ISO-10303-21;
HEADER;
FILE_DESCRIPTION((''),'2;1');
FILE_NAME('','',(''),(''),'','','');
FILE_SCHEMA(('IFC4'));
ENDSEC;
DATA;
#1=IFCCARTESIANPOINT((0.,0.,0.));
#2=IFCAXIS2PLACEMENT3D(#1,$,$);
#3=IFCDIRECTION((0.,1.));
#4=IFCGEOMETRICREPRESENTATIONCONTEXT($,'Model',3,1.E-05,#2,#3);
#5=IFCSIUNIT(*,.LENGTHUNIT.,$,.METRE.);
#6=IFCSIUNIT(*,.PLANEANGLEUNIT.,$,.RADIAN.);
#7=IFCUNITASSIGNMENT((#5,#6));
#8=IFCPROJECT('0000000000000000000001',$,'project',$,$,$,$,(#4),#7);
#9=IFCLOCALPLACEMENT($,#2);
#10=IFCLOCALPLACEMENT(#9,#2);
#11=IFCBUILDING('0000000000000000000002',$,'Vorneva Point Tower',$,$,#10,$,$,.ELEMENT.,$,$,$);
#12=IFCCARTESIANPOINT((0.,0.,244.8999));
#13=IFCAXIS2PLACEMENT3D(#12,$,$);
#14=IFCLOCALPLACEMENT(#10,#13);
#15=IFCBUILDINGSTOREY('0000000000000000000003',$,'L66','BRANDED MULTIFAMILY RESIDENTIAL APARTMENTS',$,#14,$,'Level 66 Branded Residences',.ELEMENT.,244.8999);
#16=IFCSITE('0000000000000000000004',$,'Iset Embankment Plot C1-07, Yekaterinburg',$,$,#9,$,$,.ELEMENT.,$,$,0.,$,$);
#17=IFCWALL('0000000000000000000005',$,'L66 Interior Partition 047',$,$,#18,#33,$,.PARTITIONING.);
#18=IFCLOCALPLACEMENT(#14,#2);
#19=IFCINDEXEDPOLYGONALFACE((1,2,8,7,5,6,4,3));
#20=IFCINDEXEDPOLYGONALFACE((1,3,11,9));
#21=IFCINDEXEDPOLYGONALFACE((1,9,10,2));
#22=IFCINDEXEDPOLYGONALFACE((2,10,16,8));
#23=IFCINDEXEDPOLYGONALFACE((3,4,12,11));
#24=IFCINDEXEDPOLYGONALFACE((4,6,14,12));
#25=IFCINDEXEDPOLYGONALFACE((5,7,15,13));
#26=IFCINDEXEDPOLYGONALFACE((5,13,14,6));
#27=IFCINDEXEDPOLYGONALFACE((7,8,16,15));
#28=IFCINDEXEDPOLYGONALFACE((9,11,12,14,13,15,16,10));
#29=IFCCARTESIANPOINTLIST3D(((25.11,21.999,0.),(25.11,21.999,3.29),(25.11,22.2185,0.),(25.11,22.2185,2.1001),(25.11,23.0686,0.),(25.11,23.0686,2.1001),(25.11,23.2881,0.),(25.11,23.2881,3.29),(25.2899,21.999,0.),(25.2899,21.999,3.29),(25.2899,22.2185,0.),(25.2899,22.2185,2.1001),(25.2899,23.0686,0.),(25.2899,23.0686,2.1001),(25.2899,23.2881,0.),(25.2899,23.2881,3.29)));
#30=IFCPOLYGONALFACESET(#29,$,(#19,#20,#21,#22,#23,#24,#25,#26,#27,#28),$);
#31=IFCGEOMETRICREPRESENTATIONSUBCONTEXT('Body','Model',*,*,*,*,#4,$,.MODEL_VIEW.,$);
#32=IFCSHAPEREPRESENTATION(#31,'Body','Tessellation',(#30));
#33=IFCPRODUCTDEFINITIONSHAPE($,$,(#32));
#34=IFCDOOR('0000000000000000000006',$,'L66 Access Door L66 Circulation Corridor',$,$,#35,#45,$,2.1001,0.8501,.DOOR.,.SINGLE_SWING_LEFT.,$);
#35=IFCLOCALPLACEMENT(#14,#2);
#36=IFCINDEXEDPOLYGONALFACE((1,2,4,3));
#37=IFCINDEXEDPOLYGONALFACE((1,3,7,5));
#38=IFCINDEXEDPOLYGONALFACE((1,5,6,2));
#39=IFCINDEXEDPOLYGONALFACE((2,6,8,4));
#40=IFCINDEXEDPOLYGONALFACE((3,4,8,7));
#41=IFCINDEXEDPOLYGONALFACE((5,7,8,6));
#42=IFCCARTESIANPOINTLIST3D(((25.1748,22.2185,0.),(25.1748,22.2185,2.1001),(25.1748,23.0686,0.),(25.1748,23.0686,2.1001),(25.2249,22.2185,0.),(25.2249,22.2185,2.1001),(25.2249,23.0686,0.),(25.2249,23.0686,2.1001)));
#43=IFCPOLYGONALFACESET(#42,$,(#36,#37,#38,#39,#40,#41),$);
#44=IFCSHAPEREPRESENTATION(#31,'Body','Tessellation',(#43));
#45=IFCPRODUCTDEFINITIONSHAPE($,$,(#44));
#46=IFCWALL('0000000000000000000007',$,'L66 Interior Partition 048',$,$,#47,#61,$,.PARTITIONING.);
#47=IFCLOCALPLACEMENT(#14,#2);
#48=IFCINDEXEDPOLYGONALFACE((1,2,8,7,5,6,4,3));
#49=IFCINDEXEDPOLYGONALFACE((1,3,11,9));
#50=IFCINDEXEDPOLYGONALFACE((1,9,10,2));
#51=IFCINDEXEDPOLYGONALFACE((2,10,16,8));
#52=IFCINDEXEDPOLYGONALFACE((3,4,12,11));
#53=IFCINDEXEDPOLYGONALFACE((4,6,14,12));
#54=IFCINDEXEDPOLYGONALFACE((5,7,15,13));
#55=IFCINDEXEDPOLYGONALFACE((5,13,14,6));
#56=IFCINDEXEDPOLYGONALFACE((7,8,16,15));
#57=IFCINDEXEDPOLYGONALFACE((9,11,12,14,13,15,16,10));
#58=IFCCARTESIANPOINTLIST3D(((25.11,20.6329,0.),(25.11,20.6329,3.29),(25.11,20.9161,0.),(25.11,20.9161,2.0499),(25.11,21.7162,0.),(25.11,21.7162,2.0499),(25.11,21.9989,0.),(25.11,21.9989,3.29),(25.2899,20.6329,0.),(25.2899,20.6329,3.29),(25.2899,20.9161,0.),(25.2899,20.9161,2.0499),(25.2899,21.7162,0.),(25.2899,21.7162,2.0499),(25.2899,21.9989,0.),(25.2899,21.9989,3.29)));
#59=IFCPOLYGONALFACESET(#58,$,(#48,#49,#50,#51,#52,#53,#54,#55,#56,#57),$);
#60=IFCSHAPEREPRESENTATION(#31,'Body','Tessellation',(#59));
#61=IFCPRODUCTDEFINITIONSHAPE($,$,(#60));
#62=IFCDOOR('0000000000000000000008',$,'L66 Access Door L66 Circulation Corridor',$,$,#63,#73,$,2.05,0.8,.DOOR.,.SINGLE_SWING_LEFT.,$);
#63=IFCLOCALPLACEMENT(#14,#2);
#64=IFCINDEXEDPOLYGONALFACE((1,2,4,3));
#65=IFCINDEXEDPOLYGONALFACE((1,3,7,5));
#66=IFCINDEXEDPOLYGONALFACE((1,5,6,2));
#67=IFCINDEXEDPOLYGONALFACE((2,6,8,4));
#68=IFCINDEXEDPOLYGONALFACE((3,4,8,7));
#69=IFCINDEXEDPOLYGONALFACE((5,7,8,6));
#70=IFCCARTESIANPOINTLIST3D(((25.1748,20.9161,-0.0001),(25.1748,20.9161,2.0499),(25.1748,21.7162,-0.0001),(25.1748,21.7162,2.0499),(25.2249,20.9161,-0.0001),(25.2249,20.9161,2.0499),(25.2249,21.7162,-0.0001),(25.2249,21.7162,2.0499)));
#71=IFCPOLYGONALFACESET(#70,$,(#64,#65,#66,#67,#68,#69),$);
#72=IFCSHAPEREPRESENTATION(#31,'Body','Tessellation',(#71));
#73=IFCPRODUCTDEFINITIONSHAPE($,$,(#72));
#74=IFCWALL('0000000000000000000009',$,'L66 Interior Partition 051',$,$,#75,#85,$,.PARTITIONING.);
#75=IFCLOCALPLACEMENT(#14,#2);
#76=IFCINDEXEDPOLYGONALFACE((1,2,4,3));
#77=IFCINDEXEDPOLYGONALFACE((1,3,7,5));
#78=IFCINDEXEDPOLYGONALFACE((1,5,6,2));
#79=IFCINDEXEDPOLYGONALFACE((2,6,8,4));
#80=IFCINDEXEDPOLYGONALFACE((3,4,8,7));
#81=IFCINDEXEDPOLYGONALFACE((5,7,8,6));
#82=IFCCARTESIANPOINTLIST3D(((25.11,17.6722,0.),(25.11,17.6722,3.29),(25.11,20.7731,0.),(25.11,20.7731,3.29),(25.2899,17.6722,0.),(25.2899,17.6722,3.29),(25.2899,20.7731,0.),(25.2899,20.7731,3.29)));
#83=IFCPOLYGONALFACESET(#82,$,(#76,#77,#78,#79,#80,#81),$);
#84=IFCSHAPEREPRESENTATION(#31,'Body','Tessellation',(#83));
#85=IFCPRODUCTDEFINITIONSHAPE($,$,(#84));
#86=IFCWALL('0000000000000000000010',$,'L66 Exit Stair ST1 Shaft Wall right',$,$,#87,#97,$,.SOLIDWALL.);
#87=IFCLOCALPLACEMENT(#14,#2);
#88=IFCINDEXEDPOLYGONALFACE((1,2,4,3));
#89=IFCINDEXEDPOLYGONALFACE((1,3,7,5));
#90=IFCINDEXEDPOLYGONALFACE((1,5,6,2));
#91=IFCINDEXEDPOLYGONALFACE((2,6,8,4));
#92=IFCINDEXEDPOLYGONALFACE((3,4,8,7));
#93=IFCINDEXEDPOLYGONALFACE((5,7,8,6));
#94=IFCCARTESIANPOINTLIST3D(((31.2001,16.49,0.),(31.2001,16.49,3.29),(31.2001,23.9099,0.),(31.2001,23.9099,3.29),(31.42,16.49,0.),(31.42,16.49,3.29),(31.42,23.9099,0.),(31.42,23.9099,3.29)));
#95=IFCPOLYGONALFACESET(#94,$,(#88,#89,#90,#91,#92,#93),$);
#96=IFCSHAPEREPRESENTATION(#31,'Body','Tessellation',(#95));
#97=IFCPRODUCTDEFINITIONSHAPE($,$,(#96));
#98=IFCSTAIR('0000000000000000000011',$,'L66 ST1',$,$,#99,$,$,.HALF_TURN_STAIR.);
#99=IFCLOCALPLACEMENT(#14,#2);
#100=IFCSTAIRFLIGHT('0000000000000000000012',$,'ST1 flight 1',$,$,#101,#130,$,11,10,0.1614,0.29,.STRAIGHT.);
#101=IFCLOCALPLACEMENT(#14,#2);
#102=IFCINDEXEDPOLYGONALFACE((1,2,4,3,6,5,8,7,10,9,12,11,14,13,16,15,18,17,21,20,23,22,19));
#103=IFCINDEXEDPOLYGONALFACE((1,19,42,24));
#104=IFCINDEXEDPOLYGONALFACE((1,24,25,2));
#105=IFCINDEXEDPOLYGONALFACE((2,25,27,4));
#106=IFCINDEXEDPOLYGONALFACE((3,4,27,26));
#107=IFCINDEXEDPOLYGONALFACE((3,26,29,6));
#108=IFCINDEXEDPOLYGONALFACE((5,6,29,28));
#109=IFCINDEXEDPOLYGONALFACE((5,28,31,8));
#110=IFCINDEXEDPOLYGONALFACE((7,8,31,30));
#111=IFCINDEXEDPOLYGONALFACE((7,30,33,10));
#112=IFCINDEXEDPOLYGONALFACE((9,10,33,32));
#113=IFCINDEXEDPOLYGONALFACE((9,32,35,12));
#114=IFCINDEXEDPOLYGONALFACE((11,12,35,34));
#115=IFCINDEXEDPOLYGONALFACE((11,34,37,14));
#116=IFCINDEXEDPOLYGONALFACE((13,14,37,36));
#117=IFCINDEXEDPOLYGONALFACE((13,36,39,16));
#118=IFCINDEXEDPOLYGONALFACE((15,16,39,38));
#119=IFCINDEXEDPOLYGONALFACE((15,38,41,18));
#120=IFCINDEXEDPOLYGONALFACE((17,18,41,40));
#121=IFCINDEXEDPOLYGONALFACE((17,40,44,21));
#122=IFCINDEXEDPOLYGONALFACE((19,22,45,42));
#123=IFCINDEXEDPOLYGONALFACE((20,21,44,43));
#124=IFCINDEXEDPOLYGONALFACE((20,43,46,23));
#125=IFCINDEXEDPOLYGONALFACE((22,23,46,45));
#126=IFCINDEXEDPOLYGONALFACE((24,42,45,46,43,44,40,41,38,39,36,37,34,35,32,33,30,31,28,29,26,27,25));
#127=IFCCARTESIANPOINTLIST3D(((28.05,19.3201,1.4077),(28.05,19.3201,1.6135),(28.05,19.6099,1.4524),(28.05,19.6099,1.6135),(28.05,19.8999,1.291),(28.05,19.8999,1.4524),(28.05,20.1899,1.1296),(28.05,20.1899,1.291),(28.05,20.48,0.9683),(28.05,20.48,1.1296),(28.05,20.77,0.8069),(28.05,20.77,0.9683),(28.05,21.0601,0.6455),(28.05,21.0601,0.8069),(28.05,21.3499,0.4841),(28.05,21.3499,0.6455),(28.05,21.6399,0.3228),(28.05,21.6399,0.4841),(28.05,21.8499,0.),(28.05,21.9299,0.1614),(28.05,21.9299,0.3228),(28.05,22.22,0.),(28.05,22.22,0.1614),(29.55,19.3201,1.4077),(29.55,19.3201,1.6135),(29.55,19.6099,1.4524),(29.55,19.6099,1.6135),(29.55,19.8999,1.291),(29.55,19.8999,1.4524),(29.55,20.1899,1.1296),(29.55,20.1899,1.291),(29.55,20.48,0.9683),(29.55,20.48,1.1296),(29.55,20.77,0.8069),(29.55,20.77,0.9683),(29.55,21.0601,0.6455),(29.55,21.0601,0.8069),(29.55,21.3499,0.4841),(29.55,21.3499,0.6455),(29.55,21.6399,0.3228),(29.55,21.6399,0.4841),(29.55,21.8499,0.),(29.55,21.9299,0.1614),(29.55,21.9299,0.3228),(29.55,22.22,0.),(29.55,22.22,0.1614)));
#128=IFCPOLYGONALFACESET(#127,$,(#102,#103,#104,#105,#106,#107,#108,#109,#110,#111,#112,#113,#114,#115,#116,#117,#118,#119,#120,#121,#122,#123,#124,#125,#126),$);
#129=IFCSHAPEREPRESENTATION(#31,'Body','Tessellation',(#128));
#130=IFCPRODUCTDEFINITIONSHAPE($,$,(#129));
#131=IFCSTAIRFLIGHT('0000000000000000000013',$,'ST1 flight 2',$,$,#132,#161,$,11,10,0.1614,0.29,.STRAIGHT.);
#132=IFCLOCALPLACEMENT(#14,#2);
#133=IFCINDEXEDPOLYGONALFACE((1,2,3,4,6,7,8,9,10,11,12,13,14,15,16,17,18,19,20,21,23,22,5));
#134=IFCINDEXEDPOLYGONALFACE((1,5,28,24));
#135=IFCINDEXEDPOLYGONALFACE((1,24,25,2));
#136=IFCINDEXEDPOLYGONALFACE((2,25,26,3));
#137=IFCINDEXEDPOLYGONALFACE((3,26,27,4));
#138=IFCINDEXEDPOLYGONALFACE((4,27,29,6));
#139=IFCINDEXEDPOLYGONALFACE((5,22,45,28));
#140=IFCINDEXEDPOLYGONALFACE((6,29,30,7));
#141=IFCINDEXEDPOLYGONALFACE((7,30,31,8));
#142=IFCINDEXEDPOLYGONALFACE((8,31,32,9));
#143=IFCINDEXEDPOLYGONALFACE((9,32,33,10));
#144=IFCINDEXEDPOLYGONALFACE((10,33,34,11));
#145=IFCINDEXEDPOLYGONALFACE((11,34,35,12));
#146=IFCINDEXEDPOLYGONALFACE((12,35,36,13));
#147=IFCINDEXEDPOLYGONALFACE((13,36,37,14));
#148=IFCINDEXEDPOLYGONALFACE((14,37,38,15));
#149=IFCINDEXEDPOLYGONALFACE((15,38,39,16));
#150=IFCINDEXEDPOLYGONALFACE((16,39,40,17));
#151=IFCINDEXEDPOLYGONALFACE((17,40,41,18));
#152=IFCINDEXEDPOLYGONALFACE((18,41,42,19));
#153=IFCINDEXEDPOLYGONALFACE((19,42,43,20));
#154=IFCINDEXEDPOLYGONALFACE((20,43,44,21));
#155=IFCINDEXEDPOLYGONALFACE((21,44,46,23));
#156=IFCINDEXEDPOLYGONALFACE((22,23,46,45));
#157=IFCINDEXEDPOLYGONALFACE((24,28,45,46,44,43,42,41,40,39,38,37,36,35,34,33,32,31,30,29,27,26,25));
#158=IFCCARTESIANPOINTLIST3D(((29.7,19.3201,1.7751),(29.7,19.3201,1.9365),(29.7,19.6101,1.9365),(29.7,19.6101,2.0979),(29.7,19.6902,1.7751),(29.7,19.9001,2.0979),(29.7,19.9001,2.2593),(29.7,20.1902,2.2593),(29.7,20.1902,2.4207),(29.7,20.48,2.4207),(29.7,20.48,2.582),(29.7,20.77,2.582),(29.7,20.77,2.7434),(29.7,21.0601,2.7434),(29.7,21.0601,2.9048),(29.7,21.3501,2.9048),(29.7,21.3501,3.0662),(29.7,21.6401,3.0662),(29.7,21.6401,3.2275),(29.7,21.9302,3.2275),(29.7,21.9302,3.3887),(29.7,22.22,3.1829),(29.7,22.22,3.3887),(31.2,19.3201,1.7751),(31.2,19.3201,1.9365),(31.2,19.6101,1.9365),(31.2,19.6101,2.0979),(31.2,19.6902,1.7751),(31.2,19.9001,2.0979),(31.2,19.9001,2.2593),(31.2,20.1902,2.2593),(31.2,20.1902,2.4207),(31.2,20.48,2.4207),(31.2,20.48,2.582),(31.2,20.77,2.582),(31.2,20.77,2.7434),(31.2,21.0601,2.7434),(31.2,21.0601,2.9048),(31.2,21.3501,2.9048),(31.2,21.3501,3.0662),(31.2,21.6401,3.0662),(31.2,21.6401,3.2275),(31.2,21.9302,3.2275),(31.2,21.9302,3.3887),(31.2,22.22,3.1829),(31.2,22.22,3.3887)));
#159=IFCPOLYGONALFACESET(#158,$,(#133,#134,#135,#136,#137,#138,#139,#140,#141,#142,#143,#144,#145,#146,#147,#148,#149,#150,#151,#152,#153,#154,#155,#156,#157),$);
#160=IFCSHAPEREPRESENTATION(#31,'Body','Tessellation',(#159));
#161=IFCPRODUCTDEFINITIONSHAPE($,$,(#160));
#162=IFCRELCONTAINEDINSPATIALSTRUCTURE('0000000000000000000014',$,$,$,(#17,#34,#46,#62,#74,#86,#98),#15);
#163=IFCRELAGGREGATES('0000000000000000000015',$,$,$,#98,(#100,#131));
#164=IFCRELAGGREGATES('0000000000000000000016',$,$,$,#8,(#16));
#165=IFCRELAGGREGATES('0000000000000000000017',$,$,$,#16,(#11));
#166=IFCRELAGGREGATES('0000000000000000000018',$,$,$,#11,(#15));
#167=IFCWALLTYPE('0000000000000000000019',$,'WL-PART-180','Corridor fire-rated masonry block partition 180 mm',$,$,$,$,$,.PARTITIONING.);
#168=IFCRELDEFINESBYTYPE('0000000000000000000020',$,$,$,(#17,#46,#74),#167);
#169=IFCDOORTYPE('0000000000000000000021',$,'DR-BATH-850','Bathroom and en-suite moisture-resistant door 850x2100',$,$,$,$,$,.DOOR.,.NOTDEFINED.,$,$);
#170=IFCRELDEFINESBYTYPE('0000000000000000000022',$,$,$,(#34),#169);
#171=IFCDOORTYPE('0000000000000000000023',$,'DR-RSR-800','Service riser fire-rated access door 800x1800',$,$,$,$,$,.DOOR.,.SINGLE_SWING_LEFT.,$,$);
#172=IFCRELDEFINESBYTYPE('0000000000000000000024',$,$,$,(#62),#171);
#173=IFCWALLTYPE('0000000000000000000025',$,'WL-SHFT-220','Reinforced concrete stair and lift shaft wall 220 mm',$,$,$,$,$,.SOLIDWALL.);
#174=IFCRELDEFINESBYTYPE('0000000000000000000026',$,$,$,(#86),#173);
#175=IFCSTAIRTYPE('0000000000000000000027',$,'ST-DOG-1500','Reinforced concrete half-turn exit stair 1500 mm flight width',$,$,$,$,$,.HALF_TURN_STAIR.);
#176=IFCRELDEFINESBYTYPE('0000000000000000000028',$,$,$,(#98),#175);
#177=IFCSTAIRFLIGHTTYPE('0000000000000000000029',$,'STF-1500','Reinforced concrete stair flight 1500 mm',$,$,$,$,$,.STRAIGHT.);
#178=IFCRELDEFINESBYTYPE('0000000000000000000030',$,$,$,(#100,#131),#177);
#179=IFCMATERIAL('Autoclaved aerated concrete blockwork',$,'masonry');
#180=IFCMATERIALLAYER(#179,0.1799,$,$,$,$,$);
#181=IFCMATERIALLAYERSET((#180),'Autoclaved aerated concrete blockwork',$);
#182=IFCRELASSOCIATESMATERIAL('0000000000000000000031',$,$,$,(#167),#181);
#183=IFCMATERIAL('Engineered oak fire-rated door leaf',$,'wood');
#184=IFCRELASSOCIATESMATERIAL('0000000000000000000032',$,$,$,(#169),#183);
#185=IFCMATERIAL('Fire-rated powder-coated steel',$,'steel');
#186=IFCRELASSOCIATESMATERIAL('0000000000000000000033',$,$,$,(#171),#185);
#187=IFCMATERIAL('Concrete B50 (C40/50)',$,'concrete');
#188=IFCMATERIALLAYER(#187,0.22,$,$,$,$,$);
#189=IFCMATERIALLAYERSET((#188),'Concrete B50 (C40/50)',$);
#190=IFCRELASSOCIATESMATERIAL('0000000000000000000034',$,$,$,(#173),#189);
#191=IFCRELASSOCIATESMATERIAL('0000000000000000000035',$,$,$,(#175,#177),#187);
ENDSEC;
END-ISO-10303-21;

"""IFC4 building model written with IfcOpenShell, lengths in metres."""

from ifc_helpers import new_model, si_unit, direction, frame, frame_2d, origin, place, context, subcontext, project, spatial, polyline, rectangle, outline, extrude, material, layer, layer_set, type_object, element, fill, aggregate, save


model = new_model("IFC4")

# Units and contexts
model_context = context("Model", 3, precision=1e-05, world=origin(), true_north=direction((0.0, 1.0)))
body_context = subcontext(model_context, "Body", "Model", "MODEL_VIEW")
ifc_project = project(units=[si_unit("LENGTHUNIT", "METRE"), si_unit("PLANEANGLEUNIT", "RADIAN")], contexts=[model_context])

# Site, building, storey
site_placement = place(None, origin())
site = spatial("IfcSite", under=ifc_project, at=site_placement, Name="Iset Embankment Plot C1-07, Yekaterinburg", CompositionType="ELEMENT", RefElevation=0.0)
building_placement = place(site_placement, origin())
building = spatial("IfcBuilding", under=site, at=building_placement, Name="Vorneva Point Tower", CompositionType="ELEMENT")
storey_placement = place(building_placement, frame((0.0, 0.0, 244.8999)))
storey = spatial("IfcBuildingStorey", under=building, at=storey_placement, Name="L66", Description="BRANDED MULTIFAMILY RESIDENTIAL APARTMENTS", LongName="Level 66 Branded Residences", CompositionType="ELEMENT", Elevation=244.8999)

# Shared definitions
ifc_material_1 = material(Name="Concrete B50 (C40/50)", Category="concrete")

# Shared definitions
ifc_material_2 = material(Name="Autoclaved aerated concrete blockwork", Category="masonry")
ifc_layer_1 = layer(ifc_material_2, 0.1799)
ifc_layer_set_1 = layer_set([ifc_layer_1], Name="Autoclaved aerated concrete blockwork")
wall_type_1 = type_object("IfcWallType", Name="WL-PART-180", Description="Corridor fire-rated masonry block partition 180 mm", PredefinedType="PARTITIONING", material=ifc_layer_set_1)
ifc_material_3 = material(Name="Fire-rated powder-coated steel", Category="steel")
ifc_material_4 = material(Name="Engineered oak fire-rated door leaf", Category="wood")
door_type_1 = type_object("IfcDoorType", Name="DR-BATH-850", Description="Bathroom and en-suite moisture-resistant door 850x2100", OperationType="NOTDEFINED", PredefinedType="DOOR", material=ifc_material_4)

# Walls, openings, doors
door_type_2 = type_object("IfcDoorType", Name="DR-RSR-800", Description="Service riser fire-rated access door 800x1800", OperationType="SINGLE_SWING_LEFT", PredefinedType="DOOR", material=ifc_material_3)
wall_1_placement = place(storey_placement, frame((25.2, 23.2881, 0.0), z_axis=(0.0, 0.0, 1.0), x_axis=(0.0, -1.0, 0.0)))
wall_1 = element("IfcWall", 1, at=wall_1_placement, inside=storey, type_object=wall_type_1, Name="L66 Interior Partition 047", PredefinedType="PARTITIONING", context=body_context, shape_type="SweptSolid", body=[
    extrude(rectangle(XDim=1.2891, YDim=0.1799, at=frame_2d((0.6445, 0.0))), origin(), (0.0, 0.0, 1.0), 3.29),
])
opening_1_placement = place(wall_1_placement, frame((0.2195, 0.0, 0.0)))
opening_1 = element("IfcOpeningElement", 2, at=opening_1_placement, cuts=wall_1, PredefinedType="OPENING", context=body_context, shape_type="SweptSolid", body=[
    extrude(rectangle(XDim=0.8501, YDim=2.1001, at=frame_2d((0.425, 1.05))), frame((0.0, 0.105, 0.0), z_axis=(0.0, -1.0, 0.0), x_axis=(1.0, 0.0, 0.0)), (0.0, 0.0, 1.0), 0.2097),
])
door_1_placement = place(opening_1_placement, origin())
door_1 = element("IfcDoor", 3, at=door_1_placement, inside=storey, type_object=door_type_1, Name="L66 Access Door L66 Circulation Corridor", OperationType="SINGLE_SWING_LEFT", OverallHeight=2.1001, OverallWidth=0.8501, PredefinedType="DOOR", context=body_context, shape_type="SweptSolid", body=[
    extrude(rectangle(XDim=0.8501, YDim=2.1001, at=frame_2d((0.425, 1.05))), frame((0.0, 0.0249, 0.0), z_axis=(0.0, -1.0, 0.0), x_axis=(1.0, 0.0, 0.0)), (0.0, 0.0, 1.0), 0.05),
])
fill(opening_1, door_1)
wall_2_placement = place(storey_placement, frame((25.2, 21.999, 0.0), z_axis=(0.0, 0.0, 1.0), x_axis=(0.0, -1.0, 0.0)))
wall_2 = element("IfcWall", 4, at=wall_2_placement, inside=storey, type_object=wall_type_1, Name="L66 Interior Partition 048", PredefinedType="PARTITIONING", context=body_context, shape_type="SweptSolid", body=[
    extrude(rectangle(XDim=1.366, YDim=0.1799, at=frame_2d((0.6831, 0.0))), origin(), (0.0, 0.0, 1.0), 3.29),
])
opening_2_placement = place(wall_2_placement, frame((0.283, 0.0, 0.0)))
opening_2 = element("IfcOpeningElement", 5, at=opening_2_placement, cuts=wall_2, PredefinedType="OPENING", context=body_context, shape_type="SweptSolid", body=[
    extrude(rectangle(XDim=0.8, YDim=2.05, at=frame_2d((0.3999, 1.0249))), frame((0.0, 0.105, 0.0), z_axis=(0.0, -1.0, 0.0), x_axis=(1.0, 0.0, 0.0)), (0.0, 0.0, 1.0), 0.2097),
])
door_2_placement = place(opening_2_placement, origin())
door_2 = element("IfcDoor", 6, at=door_2_placement, inside=storey, type_object=door_type_2, Name="L66 Access Door L66 Circulation Corridor", OperationType="SINGLE_SWING_LEFT", OverallHeight=2.05, OverallWidth=0.8, PredefinedType="DOOR", context=body_context, shape_type="SweptSolid", body=[
    extrude(rectangle(XDim=0.8, YDim=2.05, at=frame_2d((0.3999, 1.0249))), frame((0.0, 0.0249, 0.0), z_axis=(0.0, -1.0, 0.0), x_axis=(1.0, 0.0, 0.0)), (0.0, 0.0, 1.0), 0.05),
])
fill(opening_2, door_2)

# Wall
wall_3_placement = place(storey_placement, frame((25.2, 20.7729, 0.0), z_axis=(0.0, 0.0, 1.0), x_axis=(0.0, -1.0, 0.0)))
element("IfcWall", 7, at=wall_3_placement, inside=storey, type_object=wall_type_1, Name="L66 Interior Partition 051", PredefinedType="PARTITIONING", context=body_context, shape_type="SweptSolid", body=[
    extrude(rectangle(XDim=3.1008, YDim=0.1799, at=frame_2d((1.5503, 0.0))), origin(), (0.0, 0.0, 1.0), 3.29),
])

# Shared definitions
ifc_layer_2 = layer(ifc_material_1, 0.22)
ifc_layer_set_2 = layer_set([ifc_layer_2], Name="Concrete B50 (C40/50)")
wall_type_2 = type_object("IfcWallType", Name="WL-SHFT-220", Description="Reinforced concrete stair and lift shaft wall 220 mm", PredefinedType="SOLIDWALL", material=ifc_layer_set_2)

# Wall
wall_4_placement = place(storey_placement, frame((31.3101, 23.9099, 0.0), z_axis=(0.0, 0.0, 1.0), x_axis=(0.0, -1.0, 0.0)))
element("IfcWall", 8, at=wall_4_placement, inside=storey, type_object=wall_type_2, Name="L66 Exit Stair ST1 Shaft Wall right", PredefinedType="SOLIDWALL", context=body_context, shape_type="SweptSolid", body=[
    extrude(rectangle(XDim=7.4199, YDim=0.22, at=frame_2d((3.71, 0.0))), origin(), (0.0, 0.0, 1.0), 3.29),
])

# Stair, stair flights
stair_type = type_object("IfcStairType", Name="ST-DOG-1500", Description="Reinforced concrete half-turn exit stair 1500 mm flight width", PredefinedType="HALF_TURN_STAIR", material=ifc_material_1)
stair_placement = place(storey_placement, origin())
stair = element("IfcStair", 9, at=stair_placement, inside=storey, type_object=stair_type, Name="L66 ST1", PredefinedType="HALF_TURN_STAIR")
stair_flight_type = type_object("IfcStairFlightType", Name="STF-1500", Description="Reinforced concrete stair flight 1500 mm", PredefinedType="STRAIGHT", material=ifc_material_1)
stair_flight_1_placement = place(storey_placement, frame((28.8, 22.22, 0.0), z_axis=(0.0, 0.0, 1.0), x_axis=(0.0, -1.0, 0.0)))
stair_flight_1 = element("IfcStairFlight", 10, at=stair_flight_1_placement, type_object=stair_flight_type, Name="ST1 flight 1", NumberOfRisers=11, NumberOfTreads=10, PredefinedType="STRAIGHT", RiserHeight=0.1614, TreadLength=0.29, context=body_context, shape_type="SweptSolid", body=[
    extrude(outline(polyline([(0.0, 0.0), (0.0, 0.1614), (0.29, 0.1614), (0.29, 0.3228), (0.5801, 0.3228), (0.5801, 0.4841), (0.8701, 0.4841), (0.8701, 0.6455), (1.1599, 0.6455), (1.1599, 0.8069), (1.45, 0.8069), (1.45, 0.9683), (1.74, 0.9683), (1.74, 1.1296), (2.03, 1.1296), (2.03, 1.291), (2.3201, 1.291), (2.3201, 1.4524), (2.6101, 1.4524), (2.6101, 1.6135), (2.8999, 1.6135), (2.8999, 1.7749), (2.8999, 1.4077), (0.3701, 0.0), (0.0, 0.0)])), frame((0.0, 0.75, 0.0), z_axis=(0.0, -1.0, 0.0), x_axis=(1.0, 0.0, 0.0)), (0.0, 0.0, 1.0), 1.5),
])
stair_flight_2_placement = place(storey_placement, frame((30.45, 19.3201, 1.7751), z_axis=(0.0, 0.0, 1.0), x_axis=(0.0, 1.0, 0.0)))
stair_flight_2 = element("IfcStairFlight", 11, at=stair_flight_2_placement, type_object=stair_flight_type, Name="ST1 flight 2", NumberOfRisers=11, NumberOfTreads=10, PredefinedType="STRAIGHT", RiserHeight=0.1614, TreadLength=0.29, context=body_context, shape_type="SweptSolid", body=[
    extrude(outline(polyline([(0.0, 0.0), (0.0, 0.1614), (0.29, 0.1614), (0.29, 0.3228), (0.5801, 0.3228), (0.5801, 0.4841), (0.8701, 0.4841), (0.8701, 0.6455), (1.1599, 0.6455), (1.1599, 0.8069), (1.45, 0.8069), (1.45, 0.9683), (1.74, 0.9683), (1.74, 1.1296), (2.03, 1.1296), (2.03, 1.291), (2.3201, 1.291), (2.3201, 1.4524), (2.6101, 1.4524), (2.6101, 1.6135), (2.8999, 1.6135), (2.8999, 1.7749), (2.8999, 1.4077), (0.3701, 0.0), (0.0, 0.0)])), frame((0.0, 0.75, 0.0), z_axis=(0.0, -1.0, 0.0), x_axis=(1.0, 0.0, 0.0)), (0.0, 0.0, 1.0), 1.5),
])
aggregate(stair, [stair_flight_1, stair_flight_2])

save(model, "model.ifc")
